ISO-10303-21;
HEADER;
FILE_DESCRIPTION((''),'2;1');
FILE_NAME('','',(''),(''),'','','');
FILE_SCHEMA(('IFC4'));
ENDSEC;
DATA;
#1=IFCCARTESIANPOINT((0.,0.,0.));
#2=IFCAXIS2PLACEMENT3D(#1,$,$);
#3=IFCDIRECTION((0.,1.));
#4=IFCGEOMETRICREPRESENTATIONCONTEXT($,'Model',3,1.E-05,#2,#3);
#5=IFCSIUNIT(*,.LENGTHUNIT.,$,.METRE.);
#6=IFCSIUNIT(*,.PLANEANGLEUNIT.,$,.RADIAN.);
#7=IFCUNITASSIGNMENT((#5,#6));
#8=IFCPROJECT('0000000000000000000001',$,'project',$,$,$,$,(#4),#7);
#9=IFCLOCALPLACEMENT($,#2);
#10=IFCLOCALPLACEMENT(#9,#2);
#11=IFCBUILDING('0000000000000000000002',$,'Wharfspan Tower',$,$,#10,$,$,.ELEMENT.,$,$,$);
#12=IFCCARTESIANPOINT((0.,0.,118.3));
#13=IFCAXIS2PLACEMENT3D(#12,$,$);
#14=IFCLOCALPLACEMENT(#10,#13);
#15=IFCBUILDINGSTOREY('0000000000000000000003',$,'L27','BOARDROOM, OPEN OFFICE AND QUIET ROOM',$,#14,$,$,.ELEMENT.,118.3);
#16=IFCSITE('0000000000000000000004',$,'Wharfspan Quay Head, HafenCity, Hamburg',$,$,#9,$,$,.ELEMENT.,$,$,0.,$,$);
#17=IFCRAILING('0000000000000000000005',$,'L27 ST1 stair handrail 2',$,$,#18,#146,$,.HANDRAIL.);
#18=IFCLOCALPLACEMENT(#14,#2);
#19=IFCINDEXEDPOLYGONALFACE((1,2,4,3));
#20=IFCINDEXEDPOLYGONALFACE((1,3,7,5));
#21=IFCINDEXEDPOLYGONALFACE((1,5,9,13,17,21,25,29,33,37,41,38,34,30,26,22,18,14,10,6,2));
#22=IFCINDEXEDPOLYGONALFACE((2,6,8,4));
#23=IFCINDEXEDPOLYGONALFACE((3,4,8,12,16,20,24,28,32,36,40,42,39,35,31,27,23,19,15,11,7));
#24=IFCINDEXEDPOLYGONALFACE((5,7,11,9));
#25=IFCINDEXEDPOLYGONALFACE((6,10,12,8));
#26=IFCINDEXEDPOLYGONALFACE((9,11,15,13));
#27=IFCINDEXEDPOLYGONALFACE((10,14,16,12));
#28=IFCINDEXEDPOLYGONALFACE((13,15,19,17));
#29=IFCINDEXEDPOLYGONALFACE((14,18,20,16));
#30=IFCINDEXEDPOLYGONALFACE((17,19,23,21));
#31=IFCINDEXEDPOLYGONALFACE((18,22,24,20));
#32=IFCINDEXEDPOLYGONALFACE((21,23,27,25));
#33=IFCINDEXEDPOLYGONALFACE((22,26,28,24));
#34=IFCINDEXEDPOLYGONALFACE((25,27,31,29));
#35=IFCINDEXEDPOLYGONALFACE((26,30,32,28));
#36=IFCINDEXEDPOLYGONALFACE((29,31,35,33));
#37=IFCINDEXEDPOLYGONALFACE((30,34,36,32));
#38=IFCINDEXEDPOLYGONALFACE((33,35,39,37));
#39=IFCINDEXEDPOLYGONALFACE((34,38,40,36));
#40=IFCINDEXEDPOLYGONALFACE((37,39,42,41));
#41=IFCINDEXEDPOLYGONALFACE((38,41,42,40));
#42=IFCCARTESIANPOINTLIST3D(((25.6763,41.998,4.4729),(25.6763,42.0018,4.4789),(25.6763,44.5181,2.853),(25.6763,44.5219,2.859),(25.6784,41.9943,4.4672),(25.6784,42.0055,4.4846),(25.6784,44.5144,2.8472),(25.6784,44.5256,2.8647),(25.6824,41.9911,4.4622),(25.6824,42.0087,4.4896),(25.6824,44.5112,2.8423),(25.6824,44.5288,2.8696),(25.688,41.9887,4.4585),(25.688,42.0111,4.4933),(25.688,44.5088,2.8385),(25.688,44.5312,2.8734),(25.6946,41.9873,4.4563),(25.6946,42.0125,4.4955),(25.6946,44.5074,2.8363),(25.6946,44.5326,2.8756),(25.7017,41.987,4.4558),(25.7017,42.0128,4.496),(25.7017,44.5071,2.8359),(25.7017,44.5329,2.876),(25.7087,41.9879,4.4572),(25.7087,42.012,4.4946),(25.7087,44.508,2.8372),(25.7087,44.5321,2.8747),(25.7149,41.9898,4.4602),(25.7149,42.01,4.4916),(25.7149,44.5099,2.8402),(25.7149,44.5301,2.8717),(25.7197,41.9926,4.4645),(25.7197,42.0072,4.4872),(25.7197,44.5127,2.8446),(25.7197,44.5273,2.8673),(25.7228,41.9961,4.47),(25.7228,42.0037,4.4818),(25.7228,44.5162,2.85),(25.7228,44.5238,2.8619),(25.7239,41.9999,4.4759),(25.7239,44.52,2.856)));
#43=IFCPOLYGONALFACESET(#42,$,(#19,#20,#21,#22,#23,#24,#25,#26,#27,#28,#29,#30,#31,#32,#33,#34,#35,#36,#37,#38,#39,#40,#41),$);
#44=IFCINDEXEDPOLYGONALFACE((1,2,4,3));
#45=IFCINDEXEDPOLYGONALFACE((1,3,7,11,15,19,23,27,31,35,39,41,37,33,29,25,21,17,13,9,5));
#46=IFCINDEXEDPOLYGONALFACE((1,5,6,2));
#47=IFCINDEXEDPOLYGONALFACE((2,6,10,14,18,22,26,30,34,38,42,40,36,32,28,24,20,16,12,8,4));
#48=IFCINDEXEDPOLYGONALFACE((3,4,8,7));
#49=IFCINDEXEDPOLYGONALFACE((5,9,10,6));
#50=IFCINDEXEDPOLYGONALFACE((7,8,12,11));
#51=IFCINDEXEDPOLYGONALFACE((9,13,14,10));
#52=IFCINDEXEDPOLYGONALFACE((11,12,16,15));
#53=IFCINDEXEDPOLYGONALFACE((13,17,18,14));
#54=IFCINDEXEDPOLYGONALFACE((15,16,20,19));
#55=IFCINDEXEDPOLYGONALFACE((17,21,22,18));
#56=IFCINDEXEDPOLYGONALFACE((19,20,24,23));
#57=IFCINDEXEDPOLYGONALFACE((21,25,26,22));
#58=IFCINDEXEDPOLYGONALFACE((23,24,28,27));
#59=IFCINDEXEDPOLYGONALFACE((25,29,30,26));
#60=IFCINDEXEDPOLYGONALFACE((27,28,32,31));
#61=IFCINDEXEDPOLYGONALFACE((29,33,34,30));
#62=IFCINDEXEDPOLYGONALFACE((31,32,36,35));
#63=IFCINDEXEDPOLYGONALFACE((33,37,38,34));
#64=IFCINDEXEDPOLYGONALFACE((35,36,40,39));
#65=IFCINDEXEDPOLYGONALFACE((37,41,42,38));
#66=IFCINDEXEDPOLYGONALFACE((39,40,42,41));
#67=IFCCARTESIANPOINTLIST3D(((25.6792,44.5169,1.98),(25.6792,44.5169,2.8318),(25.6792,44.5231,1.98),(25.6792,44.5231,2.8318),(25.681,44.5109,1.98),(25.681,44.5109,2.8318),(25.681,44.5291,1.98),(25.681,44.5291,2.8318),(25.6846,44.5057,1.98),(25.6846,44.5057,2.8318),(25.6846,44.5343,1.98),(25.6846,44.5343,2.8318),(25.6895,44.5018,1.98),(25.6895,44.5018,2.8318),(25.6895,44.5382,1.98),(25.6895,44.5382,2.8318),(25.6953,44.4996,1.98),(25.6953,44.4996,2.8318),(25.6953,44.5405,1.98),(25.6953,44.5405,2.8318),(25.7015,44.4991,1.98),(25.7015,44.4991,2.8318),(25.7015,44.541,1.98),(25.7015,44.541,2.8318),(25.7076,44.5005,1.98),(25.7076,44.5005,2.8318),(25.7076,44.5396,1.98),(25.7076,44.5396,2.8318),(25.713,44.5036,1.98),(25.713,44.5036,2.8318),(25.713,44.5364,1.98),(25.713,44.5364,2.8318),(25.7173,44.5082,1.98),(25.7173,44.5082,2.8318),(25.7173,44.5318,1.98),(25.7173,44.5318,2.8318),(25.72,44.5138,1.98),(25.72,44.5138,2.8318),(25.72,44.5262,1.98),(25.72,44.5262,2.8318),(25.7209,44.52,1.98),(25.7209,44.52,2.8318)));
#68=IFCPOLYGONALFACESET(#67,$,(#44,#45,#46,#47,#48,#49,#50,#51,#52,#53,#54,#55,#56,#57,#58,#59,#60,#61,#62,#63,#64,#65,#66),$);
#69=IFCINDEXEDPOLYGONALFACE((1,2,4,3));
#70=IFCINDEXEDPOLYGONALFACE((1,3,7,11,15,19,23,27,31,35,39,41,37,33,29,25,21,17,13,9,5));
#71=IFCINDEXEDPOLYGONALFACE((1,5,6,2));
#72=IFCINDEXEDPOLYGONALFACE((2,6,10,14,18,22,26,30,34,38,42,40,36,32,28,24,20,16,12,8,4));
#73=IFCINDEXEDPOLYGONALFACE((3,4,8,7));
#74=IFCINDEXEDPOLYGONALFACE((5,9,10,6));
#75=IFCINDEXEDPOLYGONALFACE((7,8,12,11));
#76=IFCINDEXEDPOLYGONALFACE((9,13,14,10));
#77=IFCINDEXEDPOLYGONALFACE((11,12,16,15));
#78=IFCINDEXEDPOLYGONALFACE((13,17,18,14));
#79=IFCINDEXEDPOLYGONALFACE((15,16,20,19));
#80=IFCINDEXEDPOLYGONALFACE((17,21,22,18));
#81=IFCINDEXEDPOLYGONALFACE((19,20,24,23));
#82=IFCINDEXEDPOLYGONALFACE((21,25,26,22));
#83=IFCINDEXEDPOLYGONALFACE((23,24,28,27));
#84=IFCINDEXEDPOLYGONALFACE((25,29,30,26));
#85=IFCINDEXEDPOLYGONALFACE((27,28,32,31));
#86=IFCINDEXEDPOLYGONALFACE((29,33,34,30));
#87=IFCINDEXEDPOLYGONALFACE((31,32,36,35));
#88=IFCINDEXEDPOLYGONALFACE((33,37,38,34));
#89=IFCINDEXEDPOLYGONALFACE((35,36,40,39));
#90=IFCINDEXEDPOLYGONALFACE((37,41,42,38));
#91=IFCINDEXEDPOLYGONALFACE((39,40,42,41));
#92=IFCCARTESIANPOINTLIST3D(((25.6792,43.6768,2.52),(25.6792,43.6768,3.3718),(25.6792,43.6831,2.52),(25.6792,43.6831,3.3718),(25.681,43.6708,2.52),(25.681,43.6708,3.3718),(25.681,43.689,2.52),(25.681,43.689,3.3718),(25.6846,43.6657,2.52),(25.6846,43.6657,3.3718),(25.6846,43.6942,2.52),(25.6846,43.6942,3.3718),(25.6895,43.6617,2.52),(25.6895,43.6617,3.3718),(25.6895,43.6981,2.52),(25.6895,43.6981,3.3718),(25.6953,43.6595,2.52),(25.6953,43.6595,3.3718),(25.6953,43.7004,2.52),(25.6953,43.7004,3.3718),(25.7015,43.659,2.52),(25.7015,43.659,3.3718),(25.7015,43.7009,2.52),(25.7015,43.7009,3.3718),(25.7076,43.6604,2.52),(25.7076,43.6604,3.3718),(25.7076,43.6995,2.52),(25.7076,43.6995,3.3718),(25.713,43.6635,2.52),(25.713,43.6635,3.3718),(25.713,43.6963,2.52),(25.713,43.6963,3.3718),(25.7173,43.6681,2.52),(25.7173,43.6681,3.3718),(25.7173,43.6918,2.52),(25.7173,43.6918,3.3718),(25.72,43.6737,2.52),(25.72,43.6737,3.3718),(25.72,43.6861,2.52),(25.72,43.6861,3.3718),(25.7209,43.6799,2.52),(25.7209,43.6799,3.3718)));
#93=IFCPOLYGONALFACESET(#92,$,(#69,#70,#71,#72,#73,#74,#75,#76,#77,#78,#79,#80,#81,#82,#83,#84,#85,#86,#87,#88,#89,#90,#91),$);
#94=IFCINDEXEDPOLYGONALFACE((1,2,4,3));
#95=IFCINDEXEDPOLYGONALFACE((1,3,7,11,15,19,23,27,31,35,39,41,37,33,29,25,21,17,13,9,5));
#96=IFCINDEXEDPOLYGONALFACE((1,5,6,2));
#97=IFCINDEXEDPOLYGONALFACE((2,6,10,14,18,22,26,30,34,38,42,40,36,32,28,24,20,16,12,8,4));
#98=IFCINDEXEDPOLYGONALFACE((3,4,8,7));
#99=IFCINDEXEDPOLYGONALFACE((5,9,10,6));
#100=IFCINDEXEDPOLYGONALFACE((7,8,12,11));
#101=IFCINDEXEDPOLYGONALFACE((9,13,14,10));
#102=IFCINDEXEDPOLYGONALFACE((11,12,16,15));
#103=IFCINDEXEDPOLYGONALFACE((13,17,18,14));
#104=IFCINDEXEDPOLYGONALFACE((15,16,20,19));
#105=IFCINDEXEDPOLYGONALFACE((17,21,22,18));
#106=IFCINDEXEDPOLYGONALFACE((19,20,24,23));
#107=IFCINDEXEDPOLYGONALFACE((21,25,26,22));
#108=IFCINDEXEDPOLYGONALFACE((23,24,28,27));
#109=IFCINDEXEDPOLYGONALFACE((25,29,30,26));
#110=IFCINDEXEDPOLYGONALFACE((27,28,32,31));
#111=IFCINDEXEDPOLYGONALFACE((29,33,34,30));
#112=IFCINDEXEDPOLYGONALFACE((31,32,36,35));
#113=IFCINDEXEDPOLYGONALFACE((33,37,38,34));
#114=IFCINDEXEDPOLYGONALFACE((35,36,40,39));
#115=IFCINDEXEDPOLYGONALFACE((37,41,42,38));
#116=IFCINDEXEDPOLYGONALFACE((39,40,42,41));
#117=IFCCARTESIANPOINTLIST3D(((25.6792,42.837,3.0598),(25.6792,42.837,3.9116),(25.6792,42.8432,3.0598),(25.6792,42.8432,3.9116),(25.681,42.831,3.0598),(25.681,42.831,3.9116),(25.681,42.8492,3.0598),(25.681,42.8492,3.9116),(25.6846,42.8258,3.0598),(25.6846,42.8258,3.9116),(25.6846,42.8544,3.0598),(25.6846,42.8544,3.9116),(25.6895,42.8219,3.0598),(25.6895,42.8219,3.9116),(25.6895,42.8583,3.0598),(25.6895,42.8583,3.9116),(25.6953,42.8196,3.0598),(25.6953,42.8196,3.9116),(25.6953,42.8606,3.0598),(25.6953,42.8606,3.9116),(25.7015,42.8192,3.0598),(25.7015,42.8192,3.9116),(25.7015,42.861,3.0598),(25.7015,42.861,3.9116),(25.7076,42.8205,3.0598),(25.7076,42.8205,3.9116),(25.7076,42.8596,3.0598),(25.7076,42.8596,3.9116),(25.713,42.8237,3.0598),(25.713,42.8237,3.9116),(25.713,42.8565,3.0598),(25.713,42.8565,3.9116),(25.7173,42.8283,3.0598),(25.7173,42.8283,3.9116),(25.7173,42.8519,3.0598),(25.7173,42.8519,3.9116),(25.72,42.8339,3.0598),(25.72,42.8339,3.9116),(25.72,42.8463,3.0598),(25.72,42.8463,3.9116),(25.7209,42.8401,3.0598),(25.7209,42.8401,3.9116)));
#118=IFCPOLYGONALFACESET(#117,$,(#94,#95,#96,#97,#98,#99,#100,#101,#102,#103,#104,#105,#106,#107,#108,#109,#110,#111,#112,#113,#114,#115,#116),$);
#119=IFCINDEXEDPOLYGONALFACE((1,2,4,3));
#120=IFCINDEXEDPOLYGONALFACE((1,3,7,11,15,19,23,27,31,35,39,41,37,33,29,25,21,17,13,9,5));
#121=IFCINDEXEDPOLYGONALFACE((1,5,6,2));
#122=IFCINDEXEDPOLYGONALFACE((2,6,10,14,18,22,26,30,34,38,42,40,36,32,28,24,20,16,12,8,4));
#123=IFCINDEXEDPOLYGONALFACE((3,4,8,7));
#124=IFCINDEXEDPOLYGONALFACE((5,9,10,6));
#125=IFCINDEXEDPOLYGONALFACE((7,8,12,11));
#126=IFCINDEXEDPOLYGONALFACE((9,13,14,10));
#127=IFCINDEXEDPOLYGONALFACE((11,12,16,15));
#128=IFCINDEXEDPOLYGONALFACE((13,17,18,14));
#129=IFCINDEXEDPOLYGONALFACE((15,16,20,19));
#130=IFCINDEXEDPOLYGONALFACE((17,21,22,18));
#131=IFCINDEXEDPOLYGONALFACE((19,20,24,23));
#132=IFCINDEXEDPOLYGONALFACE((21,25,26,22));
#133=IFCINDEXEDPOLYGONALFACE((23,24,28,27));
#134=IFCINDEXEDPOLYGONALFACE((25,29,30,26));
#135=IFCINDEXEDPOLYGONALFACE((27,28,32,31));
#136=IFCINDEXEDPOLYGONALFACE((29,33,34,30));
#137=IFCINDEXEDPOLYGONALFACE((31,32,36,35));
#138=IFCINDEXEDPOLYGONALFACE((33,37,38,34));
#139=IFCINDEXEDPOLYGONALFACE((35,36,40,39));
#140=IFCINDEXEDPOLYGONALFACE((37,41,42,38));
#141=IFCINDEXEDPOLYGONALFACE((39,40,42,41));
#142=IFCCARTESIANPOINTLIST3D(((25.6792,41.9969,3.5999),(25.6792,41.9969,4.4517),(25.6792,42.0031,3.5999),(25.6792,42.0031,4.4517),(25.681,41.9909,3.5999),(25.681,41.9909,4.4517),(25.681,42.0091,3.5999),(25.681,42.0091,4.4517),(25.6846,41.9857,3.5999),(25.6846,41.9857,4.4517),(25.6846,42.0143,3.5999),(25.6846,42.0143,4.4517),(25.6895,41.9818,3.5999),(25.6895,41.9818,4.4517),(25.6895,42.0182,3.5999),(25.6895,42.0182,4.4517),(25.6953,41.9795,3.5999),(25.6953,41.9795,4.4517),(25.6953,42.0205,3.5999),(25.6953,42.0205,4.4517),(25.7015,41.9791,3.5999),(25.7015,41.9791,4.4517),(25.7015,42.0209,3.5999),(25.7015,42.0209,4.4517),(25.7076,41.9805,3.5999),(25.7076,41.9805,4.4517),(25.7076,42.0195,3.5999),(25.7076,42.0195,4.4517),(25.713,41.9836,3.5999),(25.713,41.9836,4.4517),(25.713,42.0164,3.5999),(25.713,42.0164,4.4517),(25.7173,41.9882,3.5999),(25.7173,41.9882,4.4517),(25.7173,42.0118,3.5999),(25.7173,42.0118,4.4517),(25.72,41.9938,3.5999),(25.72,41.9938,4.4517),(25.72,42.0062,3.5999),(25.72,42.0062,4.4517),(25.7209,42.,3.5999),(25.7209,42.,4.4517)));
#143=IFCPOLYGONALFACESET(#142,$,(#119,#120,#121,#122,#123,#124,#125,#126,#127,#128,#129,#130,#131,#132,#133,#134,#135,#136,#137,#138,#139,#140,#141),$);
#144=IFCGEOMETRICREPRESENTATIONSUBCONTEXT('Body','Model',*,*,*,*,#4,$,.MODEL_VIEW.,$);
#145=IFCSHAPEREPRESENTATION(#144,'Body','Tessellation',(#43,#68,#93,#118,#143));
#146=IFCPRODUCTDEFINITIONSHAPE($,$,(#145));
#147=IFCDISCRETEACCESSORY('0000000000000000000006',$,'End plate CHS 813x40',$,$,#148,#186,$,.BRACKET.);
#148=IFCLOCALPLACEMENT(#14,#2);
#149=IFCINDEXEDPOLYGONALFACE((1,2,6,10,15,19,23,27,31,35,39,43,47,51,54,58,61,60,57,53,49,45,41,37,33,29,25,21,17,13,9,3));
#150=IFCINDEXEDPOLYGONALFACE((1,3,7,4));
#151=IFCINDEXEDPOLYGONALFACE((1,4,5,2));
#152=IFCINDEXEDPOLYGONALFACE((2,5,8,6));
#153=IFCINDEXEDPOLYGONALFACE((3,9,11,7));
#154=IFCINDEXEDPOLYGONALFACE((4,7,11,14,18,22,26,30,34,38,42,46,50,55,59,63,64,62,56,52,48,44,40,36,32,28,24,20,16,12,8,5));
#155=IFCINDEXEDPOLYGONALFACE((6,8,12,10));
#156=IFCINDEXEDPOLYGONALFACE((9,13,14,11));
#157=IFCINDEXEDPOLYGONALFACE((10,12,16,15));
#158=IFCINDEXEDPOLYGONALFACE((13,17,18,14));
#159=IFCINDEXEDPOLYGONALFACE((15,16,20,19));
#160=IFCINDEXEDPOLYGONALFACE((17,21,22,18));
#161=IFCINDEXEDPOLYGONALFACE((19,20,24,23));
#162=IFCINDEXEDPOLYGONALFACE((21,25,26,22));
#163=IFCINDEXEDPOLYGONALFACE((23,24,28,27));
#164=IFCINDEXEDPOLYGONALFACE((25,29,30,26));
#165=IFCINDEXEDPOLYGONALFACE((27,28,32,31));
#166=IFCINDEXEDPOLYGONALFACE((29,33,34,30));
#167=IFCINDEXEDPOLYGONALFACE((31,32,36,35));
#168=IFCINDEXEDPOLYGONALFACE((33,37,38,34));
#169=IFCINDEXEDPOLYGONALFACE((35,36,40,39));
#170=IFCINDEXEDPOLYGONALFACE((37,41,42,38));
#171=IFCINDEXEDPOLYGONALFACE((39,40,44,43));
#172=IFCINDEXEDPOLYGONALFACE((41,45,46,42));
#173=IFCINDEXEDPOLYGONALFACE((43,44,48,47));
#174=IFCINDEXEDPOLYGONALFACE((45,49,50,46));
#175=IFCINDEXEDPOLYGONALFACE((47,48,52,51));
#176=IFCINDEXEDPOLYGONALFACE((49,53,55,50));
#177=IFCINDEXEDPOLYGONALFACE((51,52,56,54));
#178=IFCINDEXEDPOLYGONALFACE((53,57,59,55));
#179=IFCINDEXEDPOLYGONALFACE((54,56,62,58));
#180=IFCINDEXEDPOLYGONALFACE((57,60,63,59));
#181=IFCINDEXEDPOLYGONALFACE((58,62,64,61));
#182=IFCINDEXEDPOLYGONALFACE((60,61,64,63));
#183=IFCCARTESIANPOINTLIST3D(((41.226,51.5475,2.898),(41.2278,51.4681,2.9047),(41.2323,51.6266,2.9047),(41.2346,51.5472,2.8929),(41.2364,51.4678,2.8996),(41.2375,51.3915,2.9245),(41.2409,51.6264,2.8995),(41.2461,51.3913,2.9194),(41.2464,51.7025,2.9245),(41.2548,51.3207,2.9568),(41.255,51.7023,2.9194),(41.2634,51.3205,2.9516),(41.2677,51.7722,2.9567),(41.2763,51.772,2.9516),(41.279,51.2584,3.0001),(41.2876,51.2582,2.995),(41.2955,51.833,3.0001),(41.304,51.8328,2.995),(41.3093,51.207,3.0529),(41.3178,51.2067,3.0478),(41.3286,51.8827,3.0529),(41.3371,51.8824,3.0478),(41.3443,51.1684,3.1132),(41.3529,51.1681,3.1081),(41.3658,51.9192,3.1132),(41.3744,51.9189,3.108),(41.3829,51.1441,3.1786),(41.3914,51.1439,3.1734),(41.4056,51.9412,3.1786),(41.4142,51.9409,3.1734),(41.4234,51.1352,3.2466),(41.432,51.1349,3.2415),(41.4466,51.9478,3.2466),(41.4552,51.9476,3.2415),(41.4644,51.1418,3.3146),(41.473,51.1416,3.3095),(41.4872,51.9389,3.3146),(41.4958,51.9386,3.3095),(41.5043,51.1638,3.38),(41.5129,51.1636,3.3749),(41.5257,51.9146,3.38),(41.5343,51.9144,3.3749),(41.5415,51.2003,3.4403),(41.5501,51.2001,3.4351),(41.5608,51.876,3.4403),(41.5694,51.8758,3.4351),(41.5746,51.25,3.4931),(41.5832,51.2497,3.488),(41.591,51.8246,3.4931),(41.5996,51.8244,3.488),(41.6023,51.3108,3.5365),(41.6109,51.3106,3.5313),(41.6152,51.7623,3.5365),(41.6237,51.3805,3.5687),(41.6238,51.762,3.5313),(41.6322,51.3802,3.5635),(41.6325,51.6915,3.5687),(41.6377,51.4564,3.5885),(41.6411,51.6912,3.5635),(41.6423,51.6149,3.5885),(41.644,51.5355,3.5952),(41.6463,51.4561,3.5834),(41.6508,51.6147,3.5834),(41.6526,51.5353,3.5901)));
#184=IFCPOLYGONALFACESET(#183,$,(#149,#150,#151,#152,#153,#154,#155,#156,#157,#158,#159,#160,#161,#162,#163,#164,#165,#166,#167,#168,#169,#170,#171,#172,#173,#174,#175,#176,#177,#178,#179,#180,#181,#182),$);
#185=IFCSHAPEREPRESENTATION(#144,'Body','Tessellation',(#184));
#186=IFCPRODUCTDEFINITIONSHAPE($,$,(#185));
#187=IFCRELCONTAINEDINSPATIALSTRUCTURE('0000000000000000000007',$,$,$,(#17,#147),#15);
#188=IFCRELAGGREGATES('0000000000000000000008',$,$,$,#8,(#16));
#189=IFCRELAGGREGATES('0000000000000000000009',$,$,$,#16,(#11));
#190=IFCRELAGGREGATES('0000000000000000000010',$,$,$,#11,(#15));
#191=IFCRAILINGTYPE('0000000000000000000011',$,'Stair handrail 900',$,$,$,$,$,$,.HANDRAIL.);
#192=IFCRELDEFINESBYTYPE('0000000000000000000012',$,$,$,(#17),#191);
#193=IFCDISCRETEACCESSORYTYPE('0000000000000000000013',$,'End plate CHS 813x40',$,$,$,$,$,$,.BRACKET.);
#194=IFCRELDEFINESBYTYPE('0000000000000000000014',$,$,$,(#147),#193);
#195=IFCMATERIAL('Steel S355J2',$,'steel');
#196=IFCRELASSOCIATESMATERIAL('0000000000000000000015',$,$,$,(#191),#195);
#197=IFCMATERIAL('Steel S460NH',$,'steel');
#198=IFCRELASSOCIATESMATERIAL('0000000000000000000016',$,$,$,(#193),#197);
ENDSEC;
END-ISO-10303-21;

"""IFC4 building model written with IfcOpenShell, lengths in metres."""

from ifc_helpers import new_model, si_unit, direction, frame, origin, origin_2d, place, context, subcontext, project, spatial, circle, extrude, material, material_profile, profile_set, type_object, element, save


model = new_model("IFC4")

# Units and contexts
model_context = context("Model", 3, precision=1e-05, world=origin(), true_north=direction((0.0, 1.0)))
body_context = subcontext(model_context, "Body", "Model", "MODEL_VIEW")
ifc_project = project(units=[si_unit("LENGTHUNIT", "METRE"), si_unit("PLANEANGLEUNIT", "RADIAN")], contexts=[model_context])

# Site, building, storey
site_placement = place(None, origin())
site = spatial("IfcSite", under=ifc_project, at=site_placement, Name="Wharfspan Quay Head, HafenCity, Hamburg", CompositionType="ELEMENT", RefElevation=0.0)
building_placement = place(site_placement, origin())
building = spatial("IfcBuilding", under=site, at=building_placement, Name="Wharfspan Tower", CompositionType="ELEMENT")
storey_placement = place(building_placement, frame((0.0, 0.0, 118.3)))
storey = spatial("IfcBuildingStorey", under=building, at=storey_placement, Name="L27", Description="BOARDROOM, OPEN OFFICE AND QUIET ROOM", CompositionType="ELEMENT", Elevation=118.3)

# Shared definitions
ifc_material_1 = material(Name="Steel S355J2", Category="steel")

# Shared definitions
ifc_material_2 = material(Name="Steel S460NH", Category="steel")

# Railing
railing_type_1 = type_object("IfcRailingType", Name="Stair handrail 900", PredefinedType="HANDRAIL", material=ifc_material_1)
railing_1_placement = place(storey_placement, frame((25.7, 44.52, 1.98)))
element("IfcRailing", 1, at=railing_1_placement, inside=storey, type_object=railing_type_1, Name="L27 ST1 stair handrail 2", PredefinedType="HANDRAIL", context=body_context, shape_type="SweptSolid", body=[
    extrude(circle(Radius=0.0239, at=origin_2d()), frame((0.0, 0.0, 0.876), z_axis=(0.0, -0.8412, 0.540725), x_axis=(1.0, 0.0, 0.0)), (0.0, 0.0, 1.0), 2.9958),
    extrude(circle(Radius=0.021, at=origin_2d()), origin(), (0.0, 0.0, 1.0), 0.8518),
    extrude(circle(Radius=0.021, at=origin_2d()), frame((0.0, -0.8401, 0.54)), (0.0, 0.0, 1.0), 0.8518),
    extrude(circle(Radius=0.021, at=origin_2d()), frame((0.0, -1.6799, 1.0798)), (0.0, 0.0, 1.0), 0.8518),
    extrude(circle(Radius=0.021, at=origin_2d()), frame((0.0, -2.52, 1.6199)), (0.0, 0.0, 1.0), 0.8518),
])

# Discrete accessory
ifc_material_profile_1 = material_profile(ifc_material_2, circle(Radius=0.4065, at=origin_2d()))
ifc_profile_set_1 = profile_set([ifc_material_profile_1], Name="Steel S460NH")
discrete_accessory_type = type_object("IfcDiscreteAccessoryType", Name="End plate CHS 813x40", PredefinedType="BRACKET", material=ifc_profile_set_1)
for number, where, z_axis, x_axis, name in (
    (2, (41.4436, 51.5413, 3.2415), (-0.857236, 0.024492, 0.514341), (-0.028558, -0.999591, 0.000002), "End plate CHS 813x40"),
):
    element("IfcDiscreteAccessory", number, at=place(storey_placement, frame(where, z_axis=z_axis, x_axis=x_axis)), inside=storey, type_object=discrete_accessory_type, Name=name, PredefinedType="BRACKET", context=body_context, shape_type="SweptSolid", body=[
        extrude(circle(Radius=0.4065, at=origin_2d()), origin(), (0.0, 0.0, 1.0), 0.01),
    ])

save(model, "model.ifc")
